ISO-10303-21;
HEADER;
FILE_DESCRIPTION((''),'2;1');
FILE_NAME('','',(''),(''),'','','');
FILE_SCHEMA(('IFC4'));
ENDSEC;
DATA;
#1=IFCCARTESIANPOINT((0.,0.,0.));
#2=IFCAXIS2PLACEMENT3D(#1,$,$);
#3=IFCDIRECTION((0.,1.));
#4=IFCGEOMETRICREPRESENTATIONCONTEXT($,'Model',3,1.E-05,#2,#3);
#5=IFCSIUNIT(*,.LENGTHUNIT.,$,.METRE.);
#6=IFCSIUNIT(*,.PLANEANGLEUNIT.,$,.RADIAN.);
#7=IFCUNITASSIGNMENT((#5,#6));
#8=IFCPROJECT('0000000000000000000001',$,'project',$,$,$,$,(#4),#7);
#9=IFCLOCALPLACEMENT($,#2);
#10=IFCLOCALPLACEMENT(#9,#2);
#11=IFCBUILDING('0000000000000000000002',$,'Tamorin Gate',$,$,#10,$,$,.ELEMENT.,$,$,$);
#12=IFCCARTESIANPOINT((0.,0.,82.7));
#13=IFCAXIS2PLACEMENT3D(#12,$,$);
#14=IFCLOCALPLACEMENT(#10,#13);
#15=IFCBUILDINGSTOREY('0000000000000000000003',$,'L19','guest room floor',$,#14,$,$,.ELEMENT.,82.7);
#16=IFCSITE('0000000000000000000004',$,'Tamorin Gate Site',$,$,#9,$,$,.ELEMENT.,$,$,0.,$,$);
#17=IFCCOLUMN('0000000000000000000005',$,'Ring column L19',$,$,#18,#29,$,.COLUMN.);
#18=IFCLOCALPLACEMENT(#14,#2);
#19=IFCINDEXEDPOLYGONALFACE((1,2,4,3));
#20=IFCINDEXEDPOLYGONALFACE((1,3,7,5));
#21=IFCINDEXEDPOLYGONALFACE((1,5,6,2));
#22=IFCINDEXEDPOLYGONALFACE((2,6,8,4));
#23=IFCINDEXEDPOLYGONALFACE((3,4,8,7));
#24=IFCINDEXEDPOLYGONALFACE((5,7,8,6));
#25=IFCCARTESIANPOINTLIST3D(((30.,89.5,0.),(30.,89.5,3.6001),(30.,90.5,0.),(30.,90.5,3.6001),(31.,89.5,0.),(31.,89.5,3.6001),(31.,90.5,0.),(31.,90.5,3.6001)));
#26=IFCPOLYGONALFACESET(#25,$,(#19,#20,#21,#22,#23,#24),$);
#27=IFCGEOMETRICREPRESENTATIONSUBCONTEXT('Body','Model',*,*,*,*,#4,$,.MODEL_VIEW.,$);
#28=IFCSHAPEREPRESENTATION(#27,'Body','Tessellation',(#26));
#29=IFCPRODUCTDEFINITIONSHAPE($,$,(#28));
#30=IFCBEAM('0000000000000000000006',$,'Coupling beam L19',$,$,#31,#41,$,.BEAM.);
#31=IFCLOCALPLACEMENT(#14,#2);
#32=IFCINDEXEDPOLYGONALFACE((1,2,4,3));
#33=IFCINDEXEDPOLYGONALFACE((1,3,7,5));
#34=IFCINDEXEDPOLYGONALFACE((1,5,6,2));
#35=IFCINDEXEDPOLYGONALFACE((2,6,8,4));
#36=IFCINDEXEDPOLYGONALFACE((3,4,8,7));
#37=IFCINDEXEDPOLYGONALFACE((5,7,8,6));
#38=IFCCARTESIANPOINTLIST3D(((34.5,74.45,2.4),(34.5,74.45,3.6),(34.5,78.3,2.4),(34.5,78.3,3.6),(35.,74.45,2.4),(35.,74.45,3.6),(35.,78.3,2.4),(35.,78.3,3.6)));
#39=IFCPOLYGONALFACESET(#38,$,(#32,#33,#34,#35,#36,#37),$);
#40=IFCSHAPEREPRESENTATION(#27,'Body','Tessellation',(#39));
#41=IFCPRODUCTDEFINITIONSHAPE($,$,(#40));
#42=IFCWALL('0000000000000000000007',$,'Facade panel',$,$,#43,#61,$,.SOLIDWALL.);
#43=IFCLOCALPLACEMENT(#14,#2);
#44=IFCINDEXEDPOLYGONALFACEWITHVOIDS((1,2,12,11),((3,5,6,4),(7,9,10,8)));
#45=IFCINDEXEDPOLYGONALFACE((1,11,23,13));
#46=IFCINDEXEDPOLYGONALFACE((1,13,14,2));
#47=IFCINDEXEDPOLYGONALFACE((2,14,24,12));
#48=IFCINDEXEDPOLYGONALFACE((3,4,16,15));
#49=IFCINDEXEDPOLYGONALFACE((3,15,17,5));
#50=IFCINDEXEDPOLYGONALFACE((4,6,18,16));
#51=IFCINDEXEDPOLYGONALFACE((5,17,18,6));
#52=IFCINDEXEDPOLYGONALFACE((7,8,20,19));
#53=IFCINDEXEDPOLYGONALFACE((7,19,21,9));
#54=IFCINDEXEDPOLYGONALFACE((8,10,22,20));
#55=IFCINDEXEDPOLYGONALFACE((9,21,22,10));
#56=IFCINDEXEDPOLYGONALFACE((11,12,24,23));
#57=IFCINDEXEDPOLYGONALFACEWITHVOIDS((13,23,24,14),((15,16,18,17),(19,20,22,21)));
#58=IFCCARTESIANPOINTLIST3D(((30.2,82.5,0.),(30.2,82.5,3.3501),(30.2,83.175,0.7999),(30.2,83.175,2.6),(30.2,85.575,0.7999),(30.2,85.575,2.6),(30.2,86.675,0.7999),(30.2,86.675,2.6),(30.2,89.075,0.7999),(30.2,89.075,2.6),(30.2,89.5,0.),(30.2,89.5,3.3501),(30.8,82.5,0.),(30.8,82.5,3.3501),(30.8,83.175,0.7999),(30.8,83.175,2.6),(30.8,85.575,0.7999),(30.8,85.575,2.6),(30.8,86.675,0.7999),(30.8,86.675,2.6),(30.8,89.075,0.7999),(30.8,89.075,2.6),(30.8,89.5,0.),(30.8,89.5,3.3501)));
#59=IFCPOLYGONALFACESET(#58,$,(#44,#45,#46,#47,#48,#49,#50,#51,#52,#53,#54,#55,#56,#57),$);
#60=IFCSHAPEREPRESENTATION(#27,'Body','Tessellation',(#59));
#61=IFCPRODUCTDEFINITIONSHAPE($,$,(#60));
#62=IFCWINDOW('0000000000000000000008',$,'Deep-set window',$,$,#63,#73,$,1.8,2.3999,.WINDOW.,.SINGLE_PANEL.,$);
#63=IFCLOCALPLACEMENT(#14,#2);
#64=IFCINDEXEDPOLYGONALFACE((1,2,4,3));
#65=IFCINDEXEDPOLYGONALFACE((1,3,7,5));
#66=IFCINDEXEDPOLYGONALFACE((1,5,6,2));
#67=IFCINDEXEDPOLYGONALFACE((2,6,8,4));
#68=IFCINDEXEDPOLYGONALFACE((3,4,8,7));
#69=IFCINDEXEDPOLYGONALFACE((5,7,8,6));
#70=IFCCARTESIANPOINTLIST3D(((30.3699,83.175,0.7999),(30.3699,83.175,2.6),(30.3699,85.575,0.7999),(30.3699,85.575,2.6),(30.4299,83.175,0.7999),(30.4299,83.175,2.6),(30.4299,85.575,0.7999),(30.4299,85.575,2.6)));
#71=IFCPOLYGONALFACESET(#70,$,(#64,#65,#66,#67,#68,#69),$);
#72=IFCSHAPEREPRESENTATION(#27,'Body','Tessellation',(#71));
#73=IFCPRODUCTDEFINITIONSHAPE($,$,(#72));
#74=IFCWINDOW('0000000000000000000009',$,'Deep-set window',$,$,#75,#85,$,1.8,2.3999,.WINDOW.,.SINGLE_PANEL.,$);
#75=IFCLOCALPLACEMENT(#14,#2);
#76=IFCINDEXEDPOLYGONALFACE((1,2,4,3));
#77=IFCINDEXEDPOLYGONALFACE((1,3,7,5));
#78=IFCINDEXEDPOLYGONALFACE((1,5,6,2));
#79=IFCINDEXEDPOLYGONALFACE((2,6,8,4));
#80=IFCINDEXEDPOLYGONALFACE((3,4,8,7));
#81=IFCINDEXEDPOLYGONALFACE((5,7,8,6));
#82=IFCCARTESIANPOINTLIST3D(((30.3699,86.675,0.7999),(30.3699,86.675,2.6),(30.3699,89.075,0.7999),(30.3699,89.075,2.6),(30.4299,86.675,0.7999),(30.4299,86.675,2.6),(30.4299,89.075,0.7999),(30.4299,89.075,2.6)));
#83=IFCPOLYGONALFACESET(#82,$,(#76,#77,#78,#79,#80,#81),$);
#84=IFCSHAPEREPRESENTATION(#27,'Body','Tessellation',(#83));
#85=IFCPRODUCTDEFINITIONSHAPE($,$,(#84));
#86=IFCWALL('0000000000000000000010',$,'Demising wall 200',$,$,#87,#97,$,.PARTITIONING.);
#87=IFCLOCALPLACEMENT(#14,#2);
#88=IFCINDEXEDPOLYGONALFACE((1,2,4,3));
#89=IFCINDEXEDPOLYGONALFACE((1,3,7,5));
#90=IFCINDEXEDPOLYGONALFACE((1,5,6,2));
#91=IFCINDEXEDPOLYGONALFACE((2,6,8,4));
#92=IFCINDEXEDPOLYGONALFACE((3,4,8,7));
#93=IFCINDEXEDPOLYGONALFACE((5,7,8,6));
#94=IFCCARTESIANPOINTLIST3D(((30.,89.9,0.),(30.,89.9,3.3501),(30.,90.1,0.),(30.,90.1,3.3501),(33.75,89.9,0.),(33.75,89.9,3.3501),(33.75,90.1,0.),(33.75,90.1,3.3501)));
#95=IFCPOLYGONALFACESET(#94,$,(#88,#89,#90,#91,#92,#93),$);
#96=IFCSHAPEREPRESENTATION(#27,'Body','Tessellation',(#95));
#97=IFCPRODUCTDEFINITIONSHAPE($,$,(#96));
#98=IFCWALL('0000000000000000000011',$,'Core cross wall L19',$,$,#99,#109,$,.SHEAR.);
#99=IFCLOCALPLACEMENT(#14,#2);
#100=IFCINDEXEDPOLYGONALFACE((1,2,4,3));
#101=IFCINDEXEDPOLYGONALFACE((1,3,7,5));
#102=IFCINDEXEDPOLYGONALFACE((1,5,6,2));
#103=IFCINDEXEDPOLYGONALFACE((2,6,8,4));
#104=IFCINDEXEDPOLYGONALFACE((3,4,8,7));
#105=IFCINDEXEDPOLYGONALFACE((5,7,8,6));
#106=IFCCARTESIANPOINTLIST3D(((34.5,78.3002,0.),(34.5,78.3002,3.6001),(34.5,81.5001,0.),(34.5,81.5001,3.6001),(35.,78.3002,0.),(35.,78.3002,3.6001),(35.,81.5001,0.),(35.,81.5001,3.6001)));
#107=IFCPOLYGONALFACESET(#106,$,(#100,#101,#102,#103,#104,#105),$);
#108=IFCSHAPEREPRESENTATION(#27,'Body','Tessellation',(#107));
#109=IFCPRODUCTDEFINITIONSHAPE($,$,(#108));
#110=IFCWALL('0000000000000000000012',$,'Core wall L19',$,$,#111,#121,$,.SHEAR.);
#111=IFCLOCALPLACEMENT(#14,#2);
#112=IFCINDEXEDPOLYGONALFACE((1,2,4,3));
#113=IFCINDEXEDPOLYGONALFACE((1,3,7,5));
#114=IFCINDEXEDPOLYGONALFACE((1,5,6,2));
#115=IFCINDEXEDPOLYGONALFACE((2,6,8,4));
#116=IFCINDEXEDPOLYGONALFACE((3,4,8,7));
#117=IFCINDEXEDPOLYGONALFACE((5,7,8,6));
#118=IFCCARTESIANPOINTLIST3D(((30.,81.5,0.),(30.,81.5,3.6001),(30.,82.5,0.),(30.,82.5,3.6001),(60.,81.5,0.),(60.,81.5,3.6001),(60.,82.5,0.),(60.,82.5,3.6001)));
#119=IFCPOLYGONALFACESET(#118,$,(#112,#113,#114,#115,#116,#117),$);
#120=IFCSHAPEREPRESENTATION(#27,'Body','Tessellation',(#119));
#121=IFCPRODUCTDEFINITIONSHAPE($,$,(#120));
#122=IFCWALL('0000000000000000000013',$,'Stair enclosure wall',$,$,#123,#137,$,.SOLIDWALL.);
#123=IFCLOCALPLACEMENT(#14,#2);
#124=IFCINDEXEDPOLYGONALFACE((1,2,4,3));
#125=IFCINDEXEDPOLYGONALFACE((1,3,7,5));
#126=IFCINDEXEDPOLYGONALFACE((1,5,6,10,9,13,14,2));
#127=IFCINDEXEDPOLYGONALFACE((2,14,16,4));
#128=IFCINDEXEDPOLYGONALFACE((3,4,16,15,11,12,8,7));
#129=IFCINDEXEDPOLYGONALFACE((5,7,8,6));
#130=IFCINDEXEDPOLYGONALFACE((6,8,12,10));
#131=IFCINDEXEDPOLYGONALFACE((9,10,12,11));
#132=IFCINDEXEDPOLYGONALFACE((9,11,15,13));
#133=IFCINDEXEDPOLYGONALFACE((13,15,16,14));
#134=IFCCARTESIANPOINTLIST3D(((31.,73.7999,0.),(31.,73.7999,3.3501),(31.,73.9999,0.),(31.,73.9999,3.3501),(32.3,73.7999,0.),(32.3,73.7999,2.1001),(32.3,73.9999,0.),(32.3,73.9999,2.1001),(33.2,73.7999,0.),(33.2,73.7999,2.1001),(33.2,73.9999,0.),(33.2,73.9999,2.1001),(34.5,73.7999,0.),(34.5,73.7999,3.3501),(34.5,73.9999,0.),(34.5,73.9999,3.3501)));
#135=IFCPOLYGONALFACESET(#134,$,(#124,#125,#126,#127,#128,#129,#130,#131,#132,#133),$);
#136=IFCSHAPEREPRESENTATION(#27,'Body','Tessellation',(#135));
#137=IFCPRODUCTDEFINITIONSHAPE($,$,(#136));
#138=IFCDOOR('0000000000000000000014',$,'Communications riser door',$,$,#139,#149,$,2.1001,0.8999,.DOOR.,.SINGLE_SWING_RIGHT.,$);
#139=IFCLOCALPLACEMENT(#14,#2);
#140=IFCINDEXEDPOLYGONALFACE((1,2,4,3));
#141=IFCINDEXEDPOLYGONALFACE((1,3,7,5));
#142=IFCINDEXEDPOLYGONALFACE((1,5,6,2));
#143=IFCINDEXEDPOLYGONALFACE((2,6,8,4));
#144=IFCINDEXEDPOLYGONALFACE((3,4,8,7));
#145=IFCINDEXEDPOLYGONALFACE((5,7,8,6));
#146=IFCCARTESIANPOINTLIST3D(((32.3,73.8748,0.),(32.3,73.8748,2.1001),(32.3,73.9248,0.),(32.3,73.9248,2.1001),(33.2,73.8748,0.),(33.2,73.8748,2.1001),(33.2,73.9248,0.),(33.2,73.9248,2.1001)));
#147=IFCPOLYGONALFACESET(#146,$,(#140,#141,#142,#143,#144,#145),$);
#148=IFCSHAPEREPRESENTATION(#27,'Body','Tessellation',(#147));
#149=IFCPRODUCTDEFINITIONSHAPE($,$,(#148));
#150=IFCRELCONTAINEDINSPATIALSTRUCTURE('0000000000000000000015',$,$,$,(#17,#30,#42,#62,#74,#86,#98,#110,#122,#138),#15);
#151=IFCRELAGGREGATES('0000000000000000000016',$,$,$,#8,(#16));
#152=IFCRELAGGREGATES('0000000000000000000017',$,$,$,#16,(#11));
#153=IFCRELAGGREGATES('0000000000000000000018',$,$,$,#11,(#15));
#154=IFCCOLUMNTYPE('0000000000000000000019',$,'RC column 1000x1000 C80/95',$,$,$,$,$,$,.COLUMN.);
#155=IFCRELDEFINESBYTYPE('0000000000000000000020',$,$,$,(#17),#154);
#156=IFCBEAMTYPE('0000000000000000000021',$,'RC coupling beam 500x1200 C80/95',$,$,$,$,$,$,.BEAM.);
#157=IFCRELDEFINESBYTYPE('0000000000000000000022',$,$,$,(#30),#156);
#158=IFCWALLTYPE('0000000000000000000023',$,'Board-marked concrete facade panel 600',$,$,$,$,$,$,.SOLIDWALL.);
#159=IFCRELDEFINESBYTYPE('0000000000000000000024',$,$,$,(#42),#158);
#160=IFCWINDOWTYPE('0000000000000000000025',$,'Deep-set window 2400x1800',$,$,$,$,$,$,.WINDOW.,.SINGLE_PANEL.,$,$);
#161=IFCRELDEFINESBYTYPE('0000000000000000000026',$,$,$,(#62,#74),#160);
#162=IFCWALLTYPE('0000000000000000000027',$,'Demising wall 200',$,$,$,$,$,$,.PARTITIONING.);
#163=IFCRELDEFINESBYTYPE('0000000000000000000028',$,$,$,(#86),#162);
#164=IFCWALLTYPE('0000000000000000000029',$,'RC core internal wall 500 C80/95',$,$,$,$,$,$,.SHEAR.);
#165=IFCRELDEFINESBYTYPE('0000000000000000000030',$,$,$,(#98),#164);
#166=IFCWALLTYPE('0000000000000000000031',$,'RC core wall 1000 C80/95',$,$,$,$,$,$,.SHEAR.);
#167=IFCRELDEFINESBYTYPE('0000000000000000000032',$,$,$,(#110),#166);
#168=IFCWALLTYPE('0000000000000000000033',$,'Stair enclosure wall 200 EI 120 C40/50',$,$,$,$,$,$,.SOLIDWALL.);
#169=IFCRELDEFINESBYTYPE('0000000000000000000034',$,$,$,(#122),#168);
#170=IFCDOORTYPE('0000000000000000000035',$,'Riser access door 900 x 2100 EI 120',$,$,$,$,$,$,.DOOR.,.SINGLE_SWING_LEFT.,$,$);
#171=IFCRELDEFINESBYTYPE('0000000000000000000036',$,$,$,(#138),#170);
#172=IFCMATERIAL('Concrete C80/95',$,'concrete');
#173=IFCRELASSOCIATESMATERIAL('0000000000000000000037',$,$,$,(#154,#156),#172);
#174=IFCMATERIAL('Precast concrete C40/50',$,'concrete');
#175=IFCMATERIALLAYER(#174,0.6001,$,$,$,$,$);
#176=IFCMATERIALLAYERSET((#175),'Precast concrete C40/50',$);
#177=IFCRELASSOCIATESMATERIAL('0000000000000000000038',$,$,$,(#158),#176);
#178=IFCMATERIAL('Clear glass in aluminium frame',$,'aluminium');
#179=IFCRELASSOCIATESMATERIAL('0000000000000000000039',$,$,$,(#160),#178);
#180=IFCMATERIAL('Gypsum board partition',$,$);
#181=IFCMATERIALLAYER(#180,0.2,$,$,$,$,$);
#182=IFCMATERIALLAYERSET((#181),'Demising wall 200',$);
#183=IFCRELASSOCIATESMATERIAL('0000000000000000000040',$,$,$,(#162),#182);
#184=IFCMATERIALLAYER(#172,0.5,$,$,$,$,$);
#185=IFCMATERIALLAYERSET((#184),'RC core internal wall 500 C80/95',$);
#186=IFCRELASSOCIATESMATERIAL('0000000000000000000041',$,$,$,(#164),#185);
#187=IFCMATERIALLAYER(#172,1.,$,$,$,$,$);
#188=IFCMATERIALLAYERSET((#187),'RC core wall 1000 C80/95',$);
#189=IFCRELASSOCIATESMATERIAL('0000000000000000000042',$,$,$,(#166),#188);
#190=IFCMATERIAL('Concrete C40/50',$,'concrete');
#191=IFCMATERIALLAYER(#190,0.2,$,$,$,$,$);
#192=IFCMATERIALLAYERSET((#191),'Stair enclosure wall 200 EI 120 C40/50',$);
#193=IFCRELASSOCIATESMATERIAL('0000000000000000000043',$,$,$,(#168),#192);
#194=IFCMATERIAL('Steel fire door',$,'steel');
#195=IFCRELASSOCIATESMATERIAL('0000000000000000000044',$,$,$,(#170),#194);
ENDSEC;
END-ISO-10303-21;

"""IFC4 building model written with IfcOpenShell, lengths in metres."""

from ifc_helpers import new_model, si_unit, direction, frame, frame_2d, origin, origin_2d, place, context, subcontext, project, spatial, rectangle, extrude, material, layer, layer_set, material_profile, profile_set, type_object, element, fill, save


model = new_model("IFC4")

# Units and contexts
model_context = context("Model", 3, precision=1e-05, world=origin(), true_north=direction((0.0, 1.0)))
body_context = subcontext(model_context, "Body", "Model", "MODEL_VIEW")
ifc_project = project(units=[si_unit("LENGTHUNIT", "METRE"), si_unit("PLANEANGLEUNIT", "RADIAN")], contexts=[model_context])

# Site, building, storey
site_placement = place(None, origin())
site = spatial("IfcSite", under=ifc_project, at=site_placement, Name="Tamorin Gate Site", CompositionType="ELEMENT", RefElevation=0.0)
building_placement = place(site_placement, origin())
building = spatial("IfcBuilding", under=site, at=building_placement, Name="Tamorin Gate", CompositionType="ELEMENT")
storey_placement = place(building_placement, frame((0.0, 0.0, 82.7)))
storey = spatial("IfcBuildingStorey", under=building, at=storey_placement, Name="L19", Description="guest room floor", CompositionType="ELEMENT", Elevation=82.7)

# Column
ifc_material_1 = material(Name="Concrete C80/95", Category="concrete")
ifc_material_profile_1 = material_profile(ifc_material_1, rectangle(XDim=1.0, YDim=1.0, at=origin_2d()), Name="RC 1000x1000")
ifc_profile_set_1 = profile_set([ifc_material_profile_1], Name="Concrete C80/95")
column_type = type_object("IfcColumnType", Name="RC column 1000x1000 C80/95", PredefinedType="COLUMN", material=ifc_profile_set_1)
column_placement = place(storey_placement, frame((30.5, 90.0, 0.0), z_axis=(0.0, 0.0, 1.0), x_axis=(1.0, 0.0, 0.0)))
element("IfcColumn", 1, at=column_placement, inside=storey, type_object=column_type, Name="Ring column L19", PredefinedType="COLUMN", context=body_context, shape_type="SweptSolid", body=[
    extrude(rectangle(XDim=1.0, YDim=1.0, at=origin_2d()), origin(), (0.0, 0.0, 1.0), 3.6001),
])

# Beam
ifc_material_profile_2 = material_profile(ifc_material_1, rectangle(XDim=0.5, YDim=1.2, at=origin_2d()), Name="RC 500x1200")
ifc_profile_set_2 = profile_set([ifc_material_profile_2], Name="Concrete C80/95")
beam_type = type_object("IfcBeamType", Name="RC coupling beam 500x1200 C80/95", PredefinedType="BEAM", material=ifc_profile_set_2)
beam_placement = place(storey_placement, frame((34.75, 74.45, 3.0), z_axis=(0.0, 1.0, 0.0), x_axis=(-1.0, 0.0, 0.0)))
element("IfcBeam", 2, at=beam_placement, inside=storey, type_object=beam_type, Name="Coupling beam L19", PredefinedType="BEAM", context=body_context, shape_type="SweptSolid", body=[
    extrude(rectangle(XDim=0.5, YDim=1.2, at=origin_2d()), origin(), (0.0, 0.0, 1.0), 3.8501),
])

# Wall, openings, windows
ifc_material_2 = material(Name="Precast concrete C40/50", Category="concrete")
ifc_layer_1 = layer(ifc_material_2, 0.6001)
ifc_layer_set_1 = layer_set([ifc_layer_1], Name="Precast concrete C40/50")
wall_type_1 = type_object("IfcWallType", Name="Board-marked concrete facade panel 600", PredefinedType="SOLIDWALL", material=ifc_layer_set_1)
wall_1_placement = place(storey_placement, frame((30.5, 89.5, 0.0), z_axis=(0.0, 0.0, 1.0), x_axis=(0.0, -1.0, 0.0)))
wall_1 = element("IfcWall", 3, at=wall_1_placement, inside=storey, type_object=wall_type_1, Name="Facade panel", PredefinedType="SOLIDWALL", context=body_context, shape_type="SweptSolid", body=[
    extrude(rectangle(XDim=7.0, YDim=0.6001, at=frame_2d((3.5, 0.0))), origin(), (0.0, 0.0, 1.0), 3.3501),
])
opening_1_placement = place(wall_1_placement, frame((3.925, 0.0, 0.8)))
opening_1 = element("IfcOpeningElement", 4, at=opening_1_placement, cuts=wall_1, PredefinedType="OPENING", context=body_context, shape_type="SweptSolid", body=[
    extrude(rectangle(XDim=2.3999, YDim=1.8, at=frame_2d((1.2, 0.8999))), frame((0.0, 0.3101, 0.0), z_axis=(0.0, -1.0, 0.0), x_axis=(1.0, 0.0, 0.0)), (0.0, 0.0, 1.0), 0.6201),
])
opening_2_placement = place(wall_1_placement, frame((0.425, 0.0, 0.8)))
opening_2 = element("IfcOpeningElement", 5, at=opening_2_placement, cuts=wall_1, PredefinedType="OPENING", context=body_context, shape_type="SweptSolid", body=[
    extrude(rectangle(XDim=2.3999, YDim=1.8, at=frame_2d((1.2, 0.8999))), frame((0.0, 0.3101, 0.0), z_axis=(0.0, -1.0, 0.0), x_axis=(1.0, 0.0, 0.0)), (0.0, 0.0, 1.0), 0.6201),
])
ifc_material_3 = material(Name="Clear glass in aluminium frame", Category="aluminium")
window_type = type_object("IfcWindowType", Name="Deep-set window 2400x1800", PartitioningType="SINGLE_PANEL", PredefinedType="WINDOW", material=ifc_material_3)
window_1_placement = place(opening_1_placement, origin())
window_1 = element("IfcWindow", 6, at=window_1_placement, inside=storey, type_object=window_type, Name="Deep-set window", OverallHeight=1.8, OverallWidth=2.3999, PartitioningType="SINGLE_PANEL", PredefinedType="WINDOW", context=body_context, shape_type="SweptSolid", body=[
    extrude(rectangle(XDim=2.3999, YDim=1.8, at=frame_2d((1.2, 0.8999))), frame((0.0, -0.0701, 0.0), z_axis=(0.0, -1.0, 0.0), x_axis=(1.0, 0.0, 0.0)), (0.0, 0.0, 1.0), 0.0601),
])
fill(opening_1, window_1)
window_2_placement = place(opening_2_placement, origin())
window_2 = element("IfcWindow", 7, at=window_2_placement, inside=storey, type_object=window_type, Name="Deep-set window", OverallHeight=1.8, OverallWidth=2.3999, PartitioningType="SINGLE_PANEL", PredefinedType="WINDOW", context=body_context, shape_type="SweptSolid", body=[
    extrude(rectangle(XDim=2.3999, YDim=1.8, at=frame_2d((1.2, 0.8999))), frame((0.0, -0.0701, 0.0), z_axis=(0.0, -1.0, 0.0), x_axis=(1.0, 0.0, 0.0)), (0.0, 0.0, 1.0), 0.0601),
])
fill(opening_2, window_2)

# Walls
ifc_material_4 = material(Name="Gypsum board partition")
ifc_layer_2 = layer(ifc_material_4, 0.2)
ifc_layer_set_2 = layer_set([ifc_layer_2], Name="Demising wall 200")
wall_type_2 = type_object("IfcWallType", Name="Demising wall 200", PredefinedType="PARTITIONING", material=ifc_layer_set_2)
wall_2_placement = place(storey_placement, frame((30.0, 90.0, 0.0), z_axis=(0.0, 0.0, 1.0), x_axis=(1.0, 0.0, 0.0)))
element("IfcWall", 8, at=wall_2_placement, inside=storey, type_object=wall_type_2, Name="Demising wall 200", PredefinedType="PARTITIONING", context=body_context, shape_type="SweptSolid", body=[
    extrude(rectangle(XDim=3.75, YDim=0.2, at=frame_2d((1.875, 0.0))), origin(), (0.0, 0.0, 1.0), 3.3501),
])
ifc_layer_3 = layer(ifc_material_1, 0.5)
ifc_layer_set_3 = layer_set([ifc_layer_3], Name="RC core internal wall 500 C80/95")
wall_type_3 = type_object("IfcWallType", Name="RC core internal wall 500 C80/95", PredefinedType="SHEAR", material=ifc_layer_set_3)
wall_3_placement = place(storey_placement, frame((34.75, 78.3, 0.0), z_axis=(0.0, 0.0, 1.0), x_axis=(0.0, 1.0, 0.0)))
element("IfcWall", 9, at=wall_3_placement, inside=storey, type_object=wall_type_3, Name="Core cross wall L19", PredefinedType="SHEAR", context=body_context, shape_type="SweptSolid", body=[
    extrude(rectangle(XDim=3.2, YDim=0.5, at=frame_2d((1.6001, 0.0))), origin(), (0.0, 0.0, 1.0), 3.6001),
])
ifc_layer_4 = layer(ifc_material_1, 1.0)
ifc_layer_set_4 = layer_set([ifc_layer_4], Name="RC core wall 1000 C80/95")
wall_type_4 = type_object("IfcWallType", Name="RC core wall 1000 C80/95", PredefinedType="SHEAR", material=ifc_layer_set_4)
wall_4_placement = place(storey_placement, frame((30.0, 82.0, 0.0), z_axis=(0.0, 0.0, 1.0), x_axis=(1.0, 0.0, 0.0)))
element("IfcWall", 10, at=wall_4_placement, inside=storey, type_object=wall_type_4, Name="Core wall L19", PredefinedType="SHEAR", context=body_context, shape_type="SweptSolid", body=[
    extrude(rectangle(XDim=30.0, YDim=1.0, at=frame_2d((15.0, 0.0))), origin(), (0.0, 0.0, 1.0), 3.6001),
])

# Wall, opening, door
ifc_material_5 = material(Name="Concrete C40/50", Category="concrete")
ifc_layer_5 = layer(ifc_material_5, 0.2)
ifc_layer_set_5 = layer_set([ifc_layer_5], Name="Stair enclosure wall 200 EI 120 C40/50")
wall_type_5 = type_object("IfcWallType", Name="Stair enclosure wall 200 EI 120 C40/50", PredefinedType="SOLIDWALL", material=ifc_layer_set_5)
wall_5_placement = place(storey_placement, frame((31.0, 73.8999, 0.0), z_axis=(0.0, 0.0, 1.0), x_axis=(1.0, 0.0, 0.0)))
wall_5 = element("IfcWall", 11, at=wall_5_placement, inside=storey, type_object=wall_type_5, Name="Stair enclosure wall", PredefinedType="SOLIDWALL", context=body_context, shape_type="SweptSolid", body=[
    extrude(rectangle(XDim=3.5, YDim=0.2, at=frame_2d((1.75, 0.0))), origin(), (0.0, 0.0, 1.0), 3.3501),
])
opening_3_placement = place(wall_5_placement, frame((1.3, 0.0, 0.0)))
opening_3 = element("IfcOpeningElement", 12, at=opening_3_placement, cuts=wall_5, PredefinedType="OPENING", context=body_context, shape_type="SweptSolid", body=[
    extrude(rectangle(XDim=0.8999, YDim=2.1001, at=frame_2d((0.45, 1.05))), frame((0.0, 0.1099, 0.0), z_axis=(0.0, -1.0, 0.0), x_axis=(1.0, 0.0, 0.0)), (0.0, 0.0, 1.0), 0.22),
])
ifc_material_6 = material(Name="Steel fire door", Category="steel")
door_type_1 = type_object("IfcDoorType", Name="Riser access door 900 x 2100 EI 120", OperationType="SINGLE_SWING_LEFT", PredefinedType="DOOR", material=ifc_material_6)
door_1_placement = place(opening_3_placement, origin())
door_1 = element("IfcDoor", 13, at=door_1_placement, inside=storey, type_object=door_type_1, Name="Communications riser door", OperationType="SINGLE_SWING_RIGHT", OverallHeight=2.1001, OverallWidth=0.8999, PredefinedType="DOOR", context=body_context, shape_type="SweptSolid", body=[
    extrude(rectangle(XDim=0.8999, YDim=2.1001, at=frame_2d((0.45, 1.05))), frame((0.0, 0.0249, 0.0), z_axis=(0.0, -1.0, 0.0), x_axis=(1.0, 0.0, 0.0)), (0.0, 0.0, 1.0), 0.05),
])
fill(opening_3, door_1)

save(model, "model.ifc")
